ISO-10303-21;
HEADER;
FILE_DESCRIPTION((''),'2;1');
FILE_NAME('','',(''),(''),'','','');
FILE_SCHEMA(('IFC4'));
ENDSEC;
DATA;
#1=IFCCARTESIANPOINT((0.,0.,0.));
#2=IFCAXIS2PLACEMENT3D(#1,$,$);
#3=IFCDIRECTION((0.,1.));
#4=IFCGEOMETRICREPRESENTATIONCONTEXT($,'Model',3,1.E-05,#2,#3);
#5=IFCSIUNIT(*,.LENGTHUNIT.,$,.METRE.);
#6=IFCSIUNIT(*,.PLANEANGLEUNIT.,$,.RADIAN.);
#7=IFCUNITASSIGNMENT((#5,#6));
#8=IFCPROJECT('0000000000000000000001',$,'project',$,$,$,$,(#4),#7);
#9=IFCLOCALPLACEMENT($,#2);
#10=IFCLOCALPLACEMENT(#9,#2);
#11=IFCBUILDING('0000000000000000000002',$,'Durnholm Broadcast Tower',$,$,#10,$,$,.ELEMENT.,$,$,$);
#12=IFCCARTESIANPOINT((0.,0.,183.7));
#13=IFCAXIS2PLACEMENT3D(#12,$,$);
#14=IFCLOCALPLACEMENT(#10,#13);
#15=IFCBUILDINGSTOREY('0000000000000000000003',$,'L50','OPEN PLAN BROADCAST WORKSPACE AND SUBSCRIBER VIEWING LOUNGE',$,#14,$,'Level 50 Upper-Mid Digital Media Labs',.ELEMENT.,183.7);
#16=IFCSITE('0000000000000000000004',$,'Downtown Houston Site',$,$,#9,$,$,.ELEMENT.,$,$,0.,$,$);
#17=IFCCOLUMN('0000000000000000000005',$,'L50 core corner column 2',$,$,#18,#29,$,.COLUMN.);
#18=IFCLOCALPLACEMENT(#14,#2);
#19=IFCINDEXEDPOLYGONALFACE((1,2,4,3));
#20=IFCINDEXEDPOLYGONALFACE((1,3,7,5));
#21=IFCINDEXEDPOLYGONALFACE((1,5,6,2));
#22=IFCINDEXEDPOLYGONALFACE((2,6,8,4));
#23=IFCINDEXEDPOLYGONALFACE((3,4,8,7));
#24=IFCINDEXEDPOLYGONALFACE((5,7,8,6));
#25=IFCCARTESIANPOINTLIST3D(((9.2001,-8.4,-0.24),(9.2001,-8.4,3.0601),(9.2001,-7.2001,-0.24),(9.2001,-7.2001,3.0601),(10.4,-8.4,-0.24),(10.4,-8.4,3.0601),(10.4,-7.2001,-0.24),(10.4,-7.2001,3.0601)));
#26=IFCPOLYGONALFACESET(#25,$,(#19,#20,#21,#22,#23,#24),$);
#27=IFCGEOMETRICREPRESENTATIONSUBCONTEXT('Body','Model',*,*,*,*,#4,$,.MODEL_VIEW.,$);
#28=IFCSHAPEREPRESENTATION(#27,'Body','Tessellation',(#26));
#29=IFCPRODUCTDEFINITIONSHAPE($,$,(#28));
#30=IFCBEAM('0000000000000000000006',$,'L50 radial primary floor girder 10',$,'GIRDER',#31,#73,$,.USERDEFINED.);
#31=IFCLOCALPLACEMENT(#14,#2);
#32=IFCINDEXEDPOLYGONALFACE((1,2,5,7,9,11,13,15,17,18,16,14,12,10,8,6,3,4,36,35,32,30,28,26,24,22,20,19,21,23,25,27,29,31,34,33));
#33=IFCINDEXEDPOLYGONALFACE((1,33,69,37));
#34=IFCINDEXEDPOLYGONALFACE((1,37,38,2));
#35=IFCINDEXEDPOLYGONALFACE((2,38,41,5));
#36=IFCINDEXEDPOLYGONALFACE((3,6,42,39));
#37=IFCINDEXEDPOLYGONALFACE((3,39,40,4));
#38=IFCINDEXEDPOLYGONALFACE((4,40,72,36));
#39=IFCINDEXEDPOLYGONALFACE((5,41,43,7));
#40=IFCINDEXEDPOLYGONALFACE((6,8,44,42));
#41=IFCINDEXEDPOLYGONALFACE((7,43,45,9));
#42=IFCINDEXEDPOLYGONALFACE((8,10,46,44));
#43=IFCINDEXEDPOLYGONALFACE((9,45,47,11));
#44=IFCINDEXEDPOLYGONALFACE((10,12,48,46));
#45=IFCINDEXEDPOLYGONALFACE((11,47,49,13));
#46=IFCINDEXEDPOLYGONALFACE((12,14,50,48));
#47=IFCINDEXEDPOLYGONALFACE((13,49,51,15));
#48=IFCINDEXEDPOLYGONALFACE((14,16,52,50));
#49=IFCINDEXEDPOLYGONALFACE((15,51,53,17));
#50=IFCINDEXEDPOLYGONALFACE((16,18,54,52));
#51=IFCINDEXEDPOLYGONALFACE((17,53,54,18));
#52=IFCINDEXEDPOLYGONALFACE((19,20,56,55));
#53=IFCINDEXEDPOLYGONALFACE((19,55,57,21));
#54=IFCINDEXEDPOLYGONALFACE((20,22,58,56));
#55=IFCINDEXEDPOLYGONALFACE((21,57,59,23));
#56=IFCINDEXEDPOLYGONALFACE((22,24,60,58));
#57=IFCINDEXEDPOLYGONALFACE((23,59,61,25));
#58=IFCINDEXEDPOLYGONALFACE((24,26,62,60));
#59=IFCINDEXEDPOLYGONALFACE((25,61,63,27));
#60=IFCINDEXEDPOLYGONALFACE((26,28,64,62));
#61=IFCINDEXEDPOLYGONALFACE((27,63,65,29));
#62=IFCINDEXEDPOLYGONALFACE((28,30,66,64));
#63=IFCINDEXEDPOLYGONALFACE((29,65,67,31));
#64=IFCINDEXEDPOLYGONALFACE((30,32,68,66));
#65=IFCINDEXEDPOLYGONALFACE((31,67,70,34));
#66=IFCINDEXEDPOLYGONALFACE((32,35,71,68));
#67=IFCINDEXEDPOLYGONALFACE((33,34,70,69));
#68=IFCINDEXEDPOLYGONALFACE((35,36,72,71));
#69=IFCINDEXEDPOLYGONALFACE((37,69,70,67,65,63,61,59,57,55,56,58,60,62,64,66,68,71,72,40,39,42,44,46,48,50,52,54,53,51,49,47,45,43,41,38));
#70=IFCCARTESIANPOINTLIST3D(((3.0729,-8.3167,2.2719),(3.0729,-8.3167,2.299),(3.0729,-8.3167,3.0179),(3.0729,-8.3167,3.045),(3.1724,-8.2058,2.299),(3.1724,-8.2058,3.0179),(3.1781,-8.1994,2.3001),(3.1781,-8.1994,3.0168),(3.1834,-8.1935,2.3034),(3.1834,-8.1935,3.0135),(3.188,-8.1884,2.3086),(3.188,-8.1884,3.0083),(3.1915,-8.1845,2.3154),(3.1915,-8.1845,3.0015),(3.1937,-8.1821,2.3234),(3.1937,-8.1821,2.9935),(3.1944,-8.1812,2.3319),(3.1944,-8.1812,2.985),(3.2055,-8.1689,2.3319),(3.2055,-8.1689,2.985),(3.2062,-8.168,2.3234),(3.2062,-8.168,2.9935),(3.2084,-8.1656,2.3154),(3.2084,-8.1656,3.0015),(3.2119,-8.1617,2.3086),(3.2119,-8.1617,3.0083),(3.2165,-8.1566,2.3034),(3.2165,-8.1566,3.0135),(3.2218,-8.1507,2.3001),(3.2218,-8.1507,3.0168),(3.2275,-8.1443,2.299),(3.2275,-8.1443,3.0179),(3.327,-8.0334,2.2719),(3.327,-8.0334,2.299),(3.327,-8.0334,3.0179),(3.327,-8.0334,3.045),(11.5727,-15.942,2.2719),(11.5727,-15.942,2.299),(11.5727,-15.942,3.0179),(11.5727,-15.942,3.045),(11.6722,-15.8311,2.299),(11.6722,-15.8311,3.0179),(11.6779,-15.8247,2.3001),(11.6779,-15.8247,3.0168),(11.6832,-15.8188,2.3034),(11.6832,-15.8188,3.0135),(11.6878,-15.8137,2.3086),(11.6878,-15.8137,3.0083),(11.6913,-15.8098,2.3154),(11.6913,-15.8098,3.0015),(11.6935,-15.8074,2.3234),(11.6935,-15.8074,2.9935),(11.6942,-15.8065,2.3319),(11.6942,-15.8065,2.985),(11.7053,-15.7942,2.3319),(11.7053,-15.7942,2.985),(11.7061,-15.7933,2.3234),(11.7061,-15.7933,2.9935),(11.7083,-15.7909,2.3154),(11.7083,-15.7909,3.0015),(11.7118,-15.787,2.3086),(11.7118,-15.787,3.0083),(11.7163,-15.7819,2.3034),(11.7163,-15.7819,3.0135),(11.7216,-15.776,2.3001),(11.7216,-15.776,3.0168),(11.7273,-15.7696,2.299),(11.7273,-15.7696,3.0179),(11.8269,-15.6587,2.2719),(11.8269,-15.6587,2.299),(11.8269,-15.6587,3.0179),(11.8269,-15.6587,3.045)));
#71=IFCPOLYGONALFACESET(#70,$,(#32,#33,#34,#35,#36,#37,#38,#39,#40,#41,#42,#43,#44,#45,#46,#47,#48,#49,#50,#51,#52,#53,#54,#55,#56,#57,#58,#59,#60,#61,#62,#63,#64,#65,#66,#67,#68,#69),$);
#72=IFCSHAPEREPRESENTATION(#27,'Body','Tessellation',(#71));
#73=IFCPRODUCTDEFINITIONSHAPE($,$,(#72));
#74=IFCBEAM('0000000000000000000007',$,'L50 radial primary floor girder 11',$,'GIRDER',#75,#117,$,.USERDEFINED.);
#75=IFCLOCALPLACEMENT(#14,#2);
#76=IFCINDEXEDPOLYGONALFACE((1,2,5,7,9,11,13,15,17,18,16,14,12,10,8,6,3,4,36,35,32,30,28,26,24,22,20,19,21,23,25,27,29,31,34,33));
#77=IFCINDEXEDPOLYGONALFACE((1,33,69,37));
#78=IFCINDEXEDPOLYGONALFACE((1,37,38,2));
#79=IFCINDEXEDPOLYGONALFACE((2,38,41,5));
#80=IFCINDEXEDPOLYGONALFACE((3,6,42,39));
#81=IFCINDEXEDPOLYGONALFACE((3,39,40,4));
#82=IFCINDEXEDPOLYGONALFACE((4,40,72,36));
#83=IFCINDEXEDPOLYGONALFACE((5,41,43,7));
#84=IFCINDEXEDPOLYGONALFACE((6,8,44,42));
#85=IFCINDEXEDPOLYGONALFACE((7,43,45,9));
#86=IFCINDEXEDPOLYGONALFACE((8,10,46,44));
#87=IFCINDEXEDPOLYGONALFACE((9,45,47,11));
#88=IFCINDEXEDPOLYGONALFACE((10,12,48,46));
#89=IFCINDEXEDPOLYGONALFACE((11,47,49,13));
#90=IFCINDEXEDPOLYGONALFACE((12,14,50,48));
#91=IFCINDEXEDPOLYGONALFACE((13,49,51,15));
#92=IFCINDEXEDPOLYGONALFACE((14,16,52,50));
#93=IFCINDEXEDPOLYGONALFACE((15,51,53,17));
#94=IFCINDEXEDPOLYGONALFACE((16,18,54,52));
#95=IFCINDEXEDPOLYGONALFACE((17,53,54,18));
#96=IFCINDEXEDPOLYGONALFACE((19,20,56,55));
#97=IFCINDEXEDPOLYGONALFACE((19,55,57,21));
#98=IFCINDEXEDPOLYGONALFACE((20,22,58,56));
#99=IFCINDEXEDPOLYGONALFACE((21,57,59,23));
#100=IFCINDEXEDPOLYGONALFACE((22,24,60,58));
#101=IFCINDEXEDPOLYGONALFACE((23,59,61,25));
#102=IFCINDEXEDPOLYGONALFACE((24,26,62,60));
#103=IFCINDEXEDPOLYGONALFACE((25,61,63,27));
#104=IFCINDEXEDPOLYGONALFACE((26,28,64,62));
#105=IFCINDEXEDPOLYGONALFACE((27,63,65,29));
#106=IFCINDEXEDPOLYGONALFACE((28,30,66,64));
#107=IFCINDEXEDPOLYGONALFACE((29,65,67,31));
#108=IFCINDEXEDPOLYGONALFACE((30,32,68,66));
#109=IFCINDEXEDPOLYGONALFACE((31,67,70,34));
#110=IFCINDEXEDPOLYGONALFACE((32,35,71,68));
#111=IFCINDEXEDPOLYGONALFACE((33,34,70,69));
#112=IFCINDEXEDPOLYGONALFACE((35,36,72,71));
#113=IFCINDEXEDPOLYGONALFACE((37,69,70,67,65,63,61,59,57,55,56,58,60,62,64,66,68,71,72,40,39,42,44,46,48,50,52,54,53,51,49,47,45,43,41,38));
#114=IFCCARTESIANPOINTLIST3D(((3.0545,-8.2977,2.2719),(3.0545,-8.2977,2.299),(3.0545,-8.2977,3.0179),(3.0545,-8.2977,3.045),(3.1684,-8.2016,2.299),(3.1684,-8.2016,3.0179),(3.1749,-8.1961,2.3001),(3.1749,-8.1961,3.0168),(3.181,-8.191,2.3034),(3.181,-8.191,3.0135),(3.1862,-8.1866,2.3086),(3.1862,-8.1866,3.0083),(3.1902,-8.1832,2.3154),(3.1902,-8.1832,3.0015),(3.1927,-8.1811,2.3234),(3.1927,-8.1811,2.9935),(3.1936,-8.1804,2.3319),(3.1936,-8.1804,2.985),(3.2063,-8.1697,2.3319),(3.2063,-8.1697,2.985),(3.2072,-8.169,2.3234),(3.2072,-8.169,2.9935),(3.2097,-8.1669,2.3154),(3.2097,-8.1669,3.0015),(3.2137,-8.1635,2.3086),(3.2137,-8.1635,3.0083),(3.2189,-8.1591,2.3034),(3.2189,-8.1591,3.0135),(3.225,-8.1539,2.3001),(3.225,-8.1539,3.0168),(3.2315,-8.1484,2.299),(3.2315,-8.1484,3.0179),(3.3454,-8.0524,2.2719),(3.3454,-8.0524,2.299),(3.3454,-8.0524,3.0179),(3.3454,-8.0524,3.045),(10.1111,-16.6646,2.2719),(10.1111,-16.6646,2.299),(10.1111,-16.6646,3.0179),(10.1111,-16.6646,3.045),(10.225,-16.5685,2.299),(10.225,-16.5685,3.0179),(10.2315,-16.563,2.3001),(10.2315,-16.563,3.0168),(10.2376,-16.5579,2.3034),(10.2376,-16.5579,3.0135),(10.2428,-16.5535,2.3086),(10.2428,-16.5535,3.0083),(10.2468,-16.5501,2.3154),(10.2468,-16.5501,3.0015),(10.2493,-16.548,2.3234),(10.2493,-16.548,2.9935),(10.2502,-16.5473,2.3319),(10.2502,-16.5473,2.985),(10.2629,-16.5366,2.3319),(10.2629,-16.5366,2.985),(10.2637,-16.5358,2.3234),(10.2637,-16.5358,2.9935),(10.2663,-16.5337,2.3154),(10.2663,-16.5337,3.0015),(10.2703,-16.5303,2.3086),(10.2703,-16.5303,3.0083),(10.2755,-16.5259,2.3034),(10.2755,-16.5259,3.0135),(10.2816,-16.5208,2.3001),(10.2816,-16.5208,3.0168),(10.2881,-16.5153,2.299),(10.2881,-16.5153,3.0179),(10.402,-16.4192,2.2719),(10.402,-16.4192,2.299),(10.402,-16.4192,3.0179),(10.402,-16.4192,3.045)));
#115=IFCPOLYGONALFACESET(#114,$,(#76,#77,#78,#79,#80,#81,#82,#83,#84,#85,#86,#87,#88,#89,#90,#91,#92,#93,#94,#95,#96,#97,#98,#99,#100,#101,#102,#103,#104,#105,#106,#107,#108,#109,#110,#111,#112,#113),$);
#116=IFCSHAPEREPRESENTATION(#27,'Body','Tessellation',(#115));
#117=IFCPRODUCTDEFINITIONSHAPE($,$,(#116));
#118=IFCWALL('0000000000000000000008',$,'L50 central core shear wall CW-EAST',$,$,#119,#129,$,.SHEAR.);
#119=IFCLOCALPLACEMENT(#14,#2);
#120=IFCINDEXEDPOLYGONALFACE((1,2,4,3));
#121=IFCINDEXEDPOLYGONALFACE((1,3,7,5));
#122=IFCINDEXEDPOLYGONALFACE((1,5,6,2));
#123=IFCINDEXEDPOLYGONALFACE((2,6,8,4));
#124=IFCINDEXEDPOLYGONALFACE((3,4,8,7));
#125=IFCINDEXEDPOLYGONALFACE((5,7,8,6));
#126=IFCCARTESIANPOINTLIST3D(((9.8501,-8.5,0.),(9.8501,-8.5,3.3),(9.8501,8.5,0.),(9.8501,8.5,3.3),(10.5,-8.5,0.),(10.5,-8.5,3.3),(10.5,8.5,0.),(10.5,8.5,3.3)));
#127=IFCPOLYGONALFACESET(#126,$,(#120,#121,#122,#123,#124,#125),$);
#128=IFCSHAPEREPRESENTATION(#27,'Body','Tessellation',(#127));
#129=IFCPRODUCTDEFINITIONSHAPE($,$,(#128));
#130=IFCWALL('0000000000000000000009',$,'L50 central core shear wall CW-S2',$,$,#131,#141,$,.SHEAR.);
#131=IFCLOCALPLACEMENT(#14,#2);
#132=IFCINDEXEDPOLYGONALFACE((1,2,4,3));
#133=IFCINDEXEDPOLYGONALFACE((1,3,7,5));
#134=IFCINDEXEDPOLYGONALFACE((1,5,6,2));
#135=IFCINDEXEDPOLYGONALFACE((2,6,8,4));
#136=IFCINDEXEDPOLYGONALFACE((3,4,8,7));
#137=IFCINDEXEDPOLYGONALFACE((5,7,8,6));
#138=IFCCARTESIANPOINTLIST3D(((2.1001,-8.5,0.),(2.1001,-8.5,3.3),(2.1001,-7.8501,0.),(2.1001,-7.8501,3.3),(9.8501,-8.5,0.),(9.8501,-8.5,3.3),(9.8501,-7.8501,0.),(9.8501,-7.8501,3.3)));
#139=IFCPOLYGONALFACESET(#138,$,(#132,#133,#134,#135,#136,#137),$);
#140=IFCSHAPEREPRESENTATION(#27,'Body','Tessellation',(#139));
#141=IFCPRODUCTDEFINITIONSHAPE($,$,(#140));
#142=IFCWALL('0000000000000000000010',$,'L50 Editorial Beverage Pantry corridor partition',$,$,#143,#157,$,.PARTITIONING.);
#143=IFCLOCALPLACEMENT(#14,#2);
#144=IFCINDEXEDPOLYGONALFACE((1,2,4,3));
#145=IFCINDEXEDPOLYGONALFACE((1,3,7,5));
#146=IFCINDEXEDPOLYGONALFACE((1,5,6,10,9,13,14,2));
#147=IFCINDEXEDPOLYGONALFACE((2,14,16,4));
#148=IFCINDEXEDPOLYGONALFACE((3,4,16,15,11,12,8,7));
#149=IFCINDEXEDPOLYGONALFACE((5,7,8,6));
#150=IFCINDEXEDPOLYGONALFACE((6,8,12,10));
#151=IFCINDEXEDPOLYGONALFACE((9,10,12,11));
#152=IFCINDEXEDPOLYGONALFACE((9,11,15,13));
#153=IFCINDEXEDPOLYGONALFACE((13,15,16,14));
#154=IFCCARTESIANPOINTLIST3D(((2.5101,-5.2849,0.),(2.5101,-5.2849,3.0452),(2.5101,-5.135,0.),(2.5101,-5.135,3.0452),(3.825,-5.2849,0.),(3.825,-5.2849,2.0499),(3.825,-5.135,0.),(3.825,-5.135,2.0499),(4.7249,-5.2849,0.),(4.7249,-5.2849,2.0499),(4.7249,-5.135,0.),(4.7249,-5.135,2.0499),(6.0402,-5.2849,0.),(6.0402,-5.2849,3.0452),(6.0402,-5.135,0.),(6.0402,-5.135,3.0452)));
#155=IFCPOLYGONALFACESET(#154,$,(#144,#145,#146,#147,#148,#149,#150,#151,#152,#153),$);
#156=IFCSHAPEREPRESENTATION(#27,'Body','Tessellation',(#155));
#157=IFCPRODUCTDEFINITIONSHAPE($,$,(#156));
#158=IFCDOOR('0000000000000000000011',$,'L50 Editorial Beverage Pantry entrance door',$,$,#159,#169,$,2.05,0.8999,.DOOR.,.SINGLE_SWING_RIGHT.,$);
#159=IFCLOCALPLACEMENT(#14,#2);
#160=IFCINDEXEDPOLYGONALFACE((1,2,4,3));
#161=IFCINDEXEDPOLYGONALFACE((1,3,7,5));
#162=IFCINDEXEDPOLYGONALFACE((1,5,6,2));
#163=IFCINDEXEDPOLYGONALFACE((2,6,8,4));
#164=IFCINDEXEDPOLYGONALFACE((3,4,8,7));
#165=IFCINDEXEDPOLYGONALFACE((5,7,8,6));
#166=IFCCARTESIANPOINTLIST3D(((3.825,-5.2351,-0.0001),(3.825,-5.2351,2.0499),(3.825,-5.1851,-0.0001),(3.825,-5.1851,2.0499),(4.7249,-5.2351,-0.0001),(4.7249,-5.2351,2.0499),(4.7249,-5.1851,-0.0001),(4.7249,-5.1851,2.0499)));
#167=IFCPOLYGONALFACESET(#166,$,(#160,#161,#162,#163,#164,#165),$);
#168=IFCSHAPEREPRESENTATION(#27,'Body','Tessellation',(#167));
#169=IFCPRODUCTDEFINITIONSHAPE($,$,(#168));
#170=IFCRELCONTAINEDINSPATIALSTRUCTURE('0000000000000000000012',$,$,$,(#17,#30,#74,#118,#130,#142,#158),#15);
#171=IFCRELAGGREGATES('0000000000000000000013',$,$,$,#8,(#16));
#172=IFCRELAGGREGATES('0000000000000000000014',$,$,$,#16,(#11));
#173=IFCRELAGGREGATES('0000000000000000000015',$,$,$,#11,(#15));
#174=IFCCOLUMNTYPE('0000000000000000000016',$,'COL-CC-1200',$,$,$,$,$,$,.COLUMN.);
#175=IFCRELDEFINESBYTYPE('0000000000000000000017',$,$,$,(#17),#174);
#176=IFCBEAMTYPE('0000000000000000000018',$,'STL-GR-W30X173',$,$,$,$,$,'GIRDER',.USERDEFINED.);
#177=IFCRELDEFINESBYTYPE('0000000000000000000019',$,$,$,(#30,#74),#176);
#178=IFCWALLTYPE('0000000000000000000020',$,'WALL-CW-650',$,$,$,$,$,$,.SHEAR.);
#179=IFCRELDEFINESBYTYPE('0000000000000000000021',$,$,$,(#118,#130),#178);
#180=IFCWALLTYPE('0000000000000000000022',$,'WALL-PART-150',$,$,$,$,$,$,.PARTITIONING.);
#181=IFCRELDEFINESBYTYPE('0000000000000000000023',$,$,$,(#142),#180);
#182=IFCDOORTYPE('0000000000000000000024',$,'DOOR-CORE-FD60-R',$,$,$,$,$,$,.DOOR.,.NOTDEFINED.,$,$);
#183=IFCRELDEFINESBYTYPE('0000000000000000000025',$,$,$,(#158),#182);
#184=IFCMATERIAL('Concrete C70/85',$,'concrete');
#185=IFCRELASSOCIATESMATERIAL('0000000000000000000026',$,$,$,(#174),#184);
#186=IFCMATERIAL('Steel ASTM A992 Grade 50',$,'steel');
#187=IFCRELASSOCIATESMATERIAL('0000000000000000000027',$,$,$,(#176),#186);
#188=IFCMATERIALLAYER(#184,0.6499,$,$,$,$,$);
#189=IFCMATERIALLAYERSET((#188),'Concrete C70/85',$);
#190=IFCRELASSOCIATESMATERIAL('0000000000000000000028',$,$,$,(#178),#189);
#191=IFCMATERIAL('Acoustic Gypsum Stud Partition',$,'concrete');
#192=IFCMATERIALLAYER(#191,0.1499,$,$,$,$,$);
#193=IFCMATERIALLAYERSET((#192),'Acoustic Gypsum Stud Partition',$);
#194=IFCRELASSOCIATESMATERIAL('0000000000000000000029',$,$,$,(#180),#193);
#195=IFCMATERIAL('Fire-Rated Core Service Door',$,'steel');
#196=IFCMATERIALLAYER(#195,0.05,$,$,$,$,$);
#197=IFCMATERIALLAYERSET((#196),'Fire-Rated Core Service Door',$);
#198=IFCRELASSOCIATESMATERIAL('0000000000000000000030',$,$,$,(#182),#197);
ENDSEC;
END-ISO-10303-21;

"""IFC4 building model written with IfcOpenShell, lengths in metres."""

from ifc_helpers import new_model, si_unit, direction, frame, frame_2d, origin, origin_2d, place, context, subcontext, project, spatial, rectangle, i_section, extrude, source, transform, mapped, material, layer, layer_set, material_profile, profile_set, type_object, type_shapes, element, fill, save


model = new_model("IFC4")

# Units and contexts
model_context = context("Model", 3, precision=1e-05, world=origin(), true_north=direction((0.0, 1.0)))
body_context = subcontext(model_context, "Body", "Model", "MODEL_VIEW")
ifc_project = project(units=[si_unit("LENGTHUNIT", "METRE"), si_unit("PLANEANGLEUNIT", "RADIAN")], contexts=[model_context])

# Site, building, storey
site_placement = place(None, origin())
site = spatial("IfcSite", under=ifc_project, at=site_placement, Name="Downtown Houston Site", CompositionType="ELEMENT", RefElevation=0.0)
building_placement = place(site_placement, origin())
building = spatial("IfcBuilding", under=site, at=building_placement, Name="Durnholm Broadcast Tower", CompositionType="ELEMENT")
storey_placement = place(building_placement, frame((0.0, 0.0, 183.7)))
storey = spatial("IfcBuildingStorey", under=building, at=storey_placement, Name="L50", Description="OPEN PLAN BROADCAST WORKSPACE AND SUBSCRIBER VIEWING LOUNGE", LongName="Level 50 Upper-Mid Digital Media Labs", CompositionType="ELEMENT", Elevation=183.7)

# Column
ifc_material_1 = material(Name="Concrete C70/85", Category="concrete")
ifc_material_profile_1 = material_profile(ifc_material_1, rectangle(XDim=1.2, YDim=1.2, at=origin_2d()), Name="RC1200X1200")
ifc_profile_set_1 = profile_set([ifc_material_profile_1], Name="Concrete C70/85")
column_type = type_object("IfcColumnType", Name="COL-CC-1200", PredefinedType="COLUMN", material=ifc_profile_set_1)
shared_shape_1 = source(origin(), body_context, "Body", "SweptSolid", [
    extrude(rectangle(XDim=1.2, YDim=1.2, at=origin_2d()), origin(), (0.0, 0.0, 1.0), 3.3),
])
type_shapes(column_type, [shared_shape_1])
column_placement = place(storey_placement, frame((9.8, -7.8, -0.24), z_axis=(0.0, 0.0, 1.0), x_axis=(1.0, 0.0, 0.0)))
element("IfcColumn", 1, at=column_placement, inside=storey, type_object=column_type, Name="L50 core corner column 2", PredefinedType="COLUMN", context=body_context, shape_type="MappedRepresentation", body=[
    mapped(shared_shape_1, transform((0.0, 0.0, 0.0), x_axis=(1.0, 0.0, 0.0), y_axis=(0.0, 1.0, 0.0), z_axis=(0.0, 0.0, 1.0), scale=1.0)),
])

# Beams
ifc_material_2 = material(Name="Steel ASTM A992 Grade 50", Category="steel")
ifc_material_profile_2 = material_profile(ifc_material_2, i_section(OverallWidth=0.3806, OverallDepth=0.7732, WebThickness=0.0166, FlangeThickness=0.0271, FilletRadius=0.033, at=origin_2d()), Name="W30X173")
ifc_profile_set_2 = profile_set([ifc_material_profile_2], Name="Steel ASTM A992 Grade 50")
beam_type = type_object("IfcBeamType", Name="STL-GR-W30X173", ElementType="GIRDER", PredefinedType="USERDEFINED", material=ifc_profile_set_2)
shared_shape_2 = source(origin(), body_context, "Body", "SweptSolid", [
    extrude(i_section(OverallWidth=0.3806, OverallDepth=0.7732, WebThickness=0.0166, FlangeThickness=0.0271, FilletRadius=0.033, at=origin_2d()), origin(), (0.0, 0.0, 1.0), 11.4189),
])
beam_1_placement = place(storey_placement, frame((3.2, -8.175, 2.6584), z_axis=(0.744362, -0.667777, 0.0), x_axis=(0.667777, 0.744362, 0.0)))
element("IfcBeam", 2, at=beam_1_placement, inside=storey, type_object=beam_type, Name="L50 radial primary floor girder 10", ObjectType="GIRDER", PredefinedType="USERDEFINED", context=body_context, shape_type="MappedRepresentation", body=[
    mapped(shared_shape_2, transform((0.0, 0.0, 0.0), x_axis=(1.0, 0.0, 0.0), y_axis=(0.0, 1.0, 0.0), z_axis=(0.0, 0.0, 1.0), scale=1.0)),
])
shared_shape_3 = source(origin(), body_context, "Body", "SweptSolid", [
    extrude(i_section(OverallWidth=0.3806, OverallDepth=0.7732, WebThickness=0.0166, FlangeThickness=0.0271, FilletRadius=0.033, at=origin_2d()), origin(), (0.0, 0.0, 1.0), 10.9453),
])
type_shapes(beam_type, [shared_shape_2, shared_shape_3])
beam_2_placement = place(storey_placement, frame((3.2, -8.175, 2.6584), z_axis=(0.644713, -0.764425, 0.0), x_axis=(0.764425, 0.644713, 0.0)))
element("IfcBeam", 3, at=beam_2_placement, inside=storey, type_object=beam_type, Name="L50 radial primary floor girder 11", ObjectType="GIRDER", PredefinedType="USERDEFINED", context=body_context, shape_type="MappedRepresentation", body=[
    mapped(shared_shape_3, transform((0.0, 0.0, 0.0), x_axis=(1.0, 0.0, 0.0), y_axis=(0.0, 1.0, 0.0), z_axis=(0.0, 0.0, 1.0), scale=1.0)),
])

# Walls
ifc_layer_1 = layer(ifc_material_1, 0.6499)
ifc_layer_set_1 = layer_set([ifc_layer_1], Name="Concrete C70/85")
wall_type_1 = type_object("IfcWallType", Name="WALL-CW-650", PredefinedType="SHEAR", material=ifc_layer_set_1)
wall_1_placement = place(storey_placement, frame((10.175, -8.5, 0.0), z_axis=(0.0, 0.0, 1.0), x_axis=(0.0, 1.0, 0.0)))
element("IfcWall", 4, at=wall_1_placement, inside=storey, type_object=wall_type_1, Name="L50 central core shear wall CW-EAST", PredefinedType="SHEAR", context=body_context, shape_type="SweptSolid", body=[
    extrude(rectangle(XDim=17.0, YDim=0.6499, at=frame_2d((8.5, 0.0))), origin(), (0.0, 0.0, 1.0), 3.3),
])
wall_2_placement = place(storey_placement, frame((2.1001, -8.175, 0.0), z_axis=(0.0, 0.0, 1.0), x_axis=(1.0, 0.0, 0.0)))
element("IfcWall", 5, at=wall_2_placement, inside=storey, type_object=wall_type_1, Name="L50 central core shear wall CW-S2", PredefinedType="SHEAR", context=body_context, shape_type="SweptSolid", body=[
    extrude(rectangle(XDim=7.75, YDim=0.6499, at=frame_2d((3.875, 0.0))), origin(), (0.0, 0.0, 1.0), 3.3),
])

# Wall, opening, door
ifc_material_3 = material(Name="Acoustic Gypsum Stud Partition", Category="concrete")
ifc_layer_2 = layer(ifc_material_3, 0.1499)
ifc_layer_set_2 = layer_set([ifc_layer_2], Name="Acoustic Gypsum Stud Partition")
wall_type_2 = type_object("IfcWallType", Name="WALL-PART-150", PredefinedType="PARTITIONING", material=ifc_layer_set_2)
wall_3_placement = place(storey_placement, frame((2.51, -5.21, 0.0), z_axis=(0.0, 0.0, 1.0), x_axis=(1.0, 0.0, 0.0)))
wall_3 = element("IfcWall", 6, at=wall_3_placement, inside=storey, type_object=wall_type_2, Name="L50 Editorial Beverage Pantry corridor partition", PredefinedType="PARTITIONING", context=body_context, shape_type="SweptSolid", body=[
    extrude(rectangle(XDim=3.53, YDim=0.1499, at=frame_2d((1.7651, 0.0))), origin(), (0.0, 0.0, 1.0), 3.0452),
])
opening_1_placement = place(wall_3_placement, frame((1.3149, 0.0, 0.0)))
opening_1 = element("IfcOpeningElement", 7, at=opening_1_placement, cuts=wall_3, PredefinedType="OPENING", context=body_context, shape_type="SweptSolid", body=[
    extrude(rectangle(XDim=0.8999, YDim=2.05, at=frame_2d((0.45, 1.0249))), frame((0.0, 0.085, 0.0), z_axis=(0.0, -1.0, 0.0), x_axis=(1.0, 0.0, 0.0)), (0.0, 0.0, 1.0), 0.1699),
])
ifc_material_4 = material(Name="Fire-Rated Core Service Door", Category="steel")
ifc_layer_3 = layer(ifc_material_4, 0.05)
ifc_layer_set_3 = layer_set([ifc_layer_3], Name="Fire-Rated Core Service Door")
door_type_1 = type_object("IfcDoorType", Name="DOOR-CORE-FD60-R", OperationType="NOTDEFINED", PredefinedType="DOOR", material=ifc_layer_set_3)
shared_shape_4 = source(origin(), body_context, "Body", "SweptSolid", [
    extrude(rectangle(XDim=0.8999, YDim=2.05, at=frame_2d((0.45, 1.0249))), frame((0.0, 0.0249, 0.0), z_axis=(0.0, -1.0, 0.0), x_axis=(1.0, 0.0, 0.0)), (0.0, 0.0, 1.0), 0.05),
])
type_shapes(door_type_1, [shared_shape_4])
door_1_placement = place(opening_1_placement, origin())
door_1 = element("IfcDoor", 8, at=door_1_placement, inside=storey, type_object=door_type_1, Name="L50 Editorial Beverage Pantry entrance door", OperationType="SINGLE_SWING_RIGHT", OverallHeight=2.05, OverallWidth=0.8999, PredefinedType="DOOR", context=body_context, shape_type="MappedRepresentation", body=[
    mapped(shared_shape_4, transform((0.0, 0.0, 0.0), x_axis=(1.0, 0.0, 0.0), y_axis=(0.0, 1.0, 0.0), z_axis=(0.0, 0.0, 1.0), scale=1.0)),
])
fill(opening_1, door_1)

save(model, "model.ifc")
